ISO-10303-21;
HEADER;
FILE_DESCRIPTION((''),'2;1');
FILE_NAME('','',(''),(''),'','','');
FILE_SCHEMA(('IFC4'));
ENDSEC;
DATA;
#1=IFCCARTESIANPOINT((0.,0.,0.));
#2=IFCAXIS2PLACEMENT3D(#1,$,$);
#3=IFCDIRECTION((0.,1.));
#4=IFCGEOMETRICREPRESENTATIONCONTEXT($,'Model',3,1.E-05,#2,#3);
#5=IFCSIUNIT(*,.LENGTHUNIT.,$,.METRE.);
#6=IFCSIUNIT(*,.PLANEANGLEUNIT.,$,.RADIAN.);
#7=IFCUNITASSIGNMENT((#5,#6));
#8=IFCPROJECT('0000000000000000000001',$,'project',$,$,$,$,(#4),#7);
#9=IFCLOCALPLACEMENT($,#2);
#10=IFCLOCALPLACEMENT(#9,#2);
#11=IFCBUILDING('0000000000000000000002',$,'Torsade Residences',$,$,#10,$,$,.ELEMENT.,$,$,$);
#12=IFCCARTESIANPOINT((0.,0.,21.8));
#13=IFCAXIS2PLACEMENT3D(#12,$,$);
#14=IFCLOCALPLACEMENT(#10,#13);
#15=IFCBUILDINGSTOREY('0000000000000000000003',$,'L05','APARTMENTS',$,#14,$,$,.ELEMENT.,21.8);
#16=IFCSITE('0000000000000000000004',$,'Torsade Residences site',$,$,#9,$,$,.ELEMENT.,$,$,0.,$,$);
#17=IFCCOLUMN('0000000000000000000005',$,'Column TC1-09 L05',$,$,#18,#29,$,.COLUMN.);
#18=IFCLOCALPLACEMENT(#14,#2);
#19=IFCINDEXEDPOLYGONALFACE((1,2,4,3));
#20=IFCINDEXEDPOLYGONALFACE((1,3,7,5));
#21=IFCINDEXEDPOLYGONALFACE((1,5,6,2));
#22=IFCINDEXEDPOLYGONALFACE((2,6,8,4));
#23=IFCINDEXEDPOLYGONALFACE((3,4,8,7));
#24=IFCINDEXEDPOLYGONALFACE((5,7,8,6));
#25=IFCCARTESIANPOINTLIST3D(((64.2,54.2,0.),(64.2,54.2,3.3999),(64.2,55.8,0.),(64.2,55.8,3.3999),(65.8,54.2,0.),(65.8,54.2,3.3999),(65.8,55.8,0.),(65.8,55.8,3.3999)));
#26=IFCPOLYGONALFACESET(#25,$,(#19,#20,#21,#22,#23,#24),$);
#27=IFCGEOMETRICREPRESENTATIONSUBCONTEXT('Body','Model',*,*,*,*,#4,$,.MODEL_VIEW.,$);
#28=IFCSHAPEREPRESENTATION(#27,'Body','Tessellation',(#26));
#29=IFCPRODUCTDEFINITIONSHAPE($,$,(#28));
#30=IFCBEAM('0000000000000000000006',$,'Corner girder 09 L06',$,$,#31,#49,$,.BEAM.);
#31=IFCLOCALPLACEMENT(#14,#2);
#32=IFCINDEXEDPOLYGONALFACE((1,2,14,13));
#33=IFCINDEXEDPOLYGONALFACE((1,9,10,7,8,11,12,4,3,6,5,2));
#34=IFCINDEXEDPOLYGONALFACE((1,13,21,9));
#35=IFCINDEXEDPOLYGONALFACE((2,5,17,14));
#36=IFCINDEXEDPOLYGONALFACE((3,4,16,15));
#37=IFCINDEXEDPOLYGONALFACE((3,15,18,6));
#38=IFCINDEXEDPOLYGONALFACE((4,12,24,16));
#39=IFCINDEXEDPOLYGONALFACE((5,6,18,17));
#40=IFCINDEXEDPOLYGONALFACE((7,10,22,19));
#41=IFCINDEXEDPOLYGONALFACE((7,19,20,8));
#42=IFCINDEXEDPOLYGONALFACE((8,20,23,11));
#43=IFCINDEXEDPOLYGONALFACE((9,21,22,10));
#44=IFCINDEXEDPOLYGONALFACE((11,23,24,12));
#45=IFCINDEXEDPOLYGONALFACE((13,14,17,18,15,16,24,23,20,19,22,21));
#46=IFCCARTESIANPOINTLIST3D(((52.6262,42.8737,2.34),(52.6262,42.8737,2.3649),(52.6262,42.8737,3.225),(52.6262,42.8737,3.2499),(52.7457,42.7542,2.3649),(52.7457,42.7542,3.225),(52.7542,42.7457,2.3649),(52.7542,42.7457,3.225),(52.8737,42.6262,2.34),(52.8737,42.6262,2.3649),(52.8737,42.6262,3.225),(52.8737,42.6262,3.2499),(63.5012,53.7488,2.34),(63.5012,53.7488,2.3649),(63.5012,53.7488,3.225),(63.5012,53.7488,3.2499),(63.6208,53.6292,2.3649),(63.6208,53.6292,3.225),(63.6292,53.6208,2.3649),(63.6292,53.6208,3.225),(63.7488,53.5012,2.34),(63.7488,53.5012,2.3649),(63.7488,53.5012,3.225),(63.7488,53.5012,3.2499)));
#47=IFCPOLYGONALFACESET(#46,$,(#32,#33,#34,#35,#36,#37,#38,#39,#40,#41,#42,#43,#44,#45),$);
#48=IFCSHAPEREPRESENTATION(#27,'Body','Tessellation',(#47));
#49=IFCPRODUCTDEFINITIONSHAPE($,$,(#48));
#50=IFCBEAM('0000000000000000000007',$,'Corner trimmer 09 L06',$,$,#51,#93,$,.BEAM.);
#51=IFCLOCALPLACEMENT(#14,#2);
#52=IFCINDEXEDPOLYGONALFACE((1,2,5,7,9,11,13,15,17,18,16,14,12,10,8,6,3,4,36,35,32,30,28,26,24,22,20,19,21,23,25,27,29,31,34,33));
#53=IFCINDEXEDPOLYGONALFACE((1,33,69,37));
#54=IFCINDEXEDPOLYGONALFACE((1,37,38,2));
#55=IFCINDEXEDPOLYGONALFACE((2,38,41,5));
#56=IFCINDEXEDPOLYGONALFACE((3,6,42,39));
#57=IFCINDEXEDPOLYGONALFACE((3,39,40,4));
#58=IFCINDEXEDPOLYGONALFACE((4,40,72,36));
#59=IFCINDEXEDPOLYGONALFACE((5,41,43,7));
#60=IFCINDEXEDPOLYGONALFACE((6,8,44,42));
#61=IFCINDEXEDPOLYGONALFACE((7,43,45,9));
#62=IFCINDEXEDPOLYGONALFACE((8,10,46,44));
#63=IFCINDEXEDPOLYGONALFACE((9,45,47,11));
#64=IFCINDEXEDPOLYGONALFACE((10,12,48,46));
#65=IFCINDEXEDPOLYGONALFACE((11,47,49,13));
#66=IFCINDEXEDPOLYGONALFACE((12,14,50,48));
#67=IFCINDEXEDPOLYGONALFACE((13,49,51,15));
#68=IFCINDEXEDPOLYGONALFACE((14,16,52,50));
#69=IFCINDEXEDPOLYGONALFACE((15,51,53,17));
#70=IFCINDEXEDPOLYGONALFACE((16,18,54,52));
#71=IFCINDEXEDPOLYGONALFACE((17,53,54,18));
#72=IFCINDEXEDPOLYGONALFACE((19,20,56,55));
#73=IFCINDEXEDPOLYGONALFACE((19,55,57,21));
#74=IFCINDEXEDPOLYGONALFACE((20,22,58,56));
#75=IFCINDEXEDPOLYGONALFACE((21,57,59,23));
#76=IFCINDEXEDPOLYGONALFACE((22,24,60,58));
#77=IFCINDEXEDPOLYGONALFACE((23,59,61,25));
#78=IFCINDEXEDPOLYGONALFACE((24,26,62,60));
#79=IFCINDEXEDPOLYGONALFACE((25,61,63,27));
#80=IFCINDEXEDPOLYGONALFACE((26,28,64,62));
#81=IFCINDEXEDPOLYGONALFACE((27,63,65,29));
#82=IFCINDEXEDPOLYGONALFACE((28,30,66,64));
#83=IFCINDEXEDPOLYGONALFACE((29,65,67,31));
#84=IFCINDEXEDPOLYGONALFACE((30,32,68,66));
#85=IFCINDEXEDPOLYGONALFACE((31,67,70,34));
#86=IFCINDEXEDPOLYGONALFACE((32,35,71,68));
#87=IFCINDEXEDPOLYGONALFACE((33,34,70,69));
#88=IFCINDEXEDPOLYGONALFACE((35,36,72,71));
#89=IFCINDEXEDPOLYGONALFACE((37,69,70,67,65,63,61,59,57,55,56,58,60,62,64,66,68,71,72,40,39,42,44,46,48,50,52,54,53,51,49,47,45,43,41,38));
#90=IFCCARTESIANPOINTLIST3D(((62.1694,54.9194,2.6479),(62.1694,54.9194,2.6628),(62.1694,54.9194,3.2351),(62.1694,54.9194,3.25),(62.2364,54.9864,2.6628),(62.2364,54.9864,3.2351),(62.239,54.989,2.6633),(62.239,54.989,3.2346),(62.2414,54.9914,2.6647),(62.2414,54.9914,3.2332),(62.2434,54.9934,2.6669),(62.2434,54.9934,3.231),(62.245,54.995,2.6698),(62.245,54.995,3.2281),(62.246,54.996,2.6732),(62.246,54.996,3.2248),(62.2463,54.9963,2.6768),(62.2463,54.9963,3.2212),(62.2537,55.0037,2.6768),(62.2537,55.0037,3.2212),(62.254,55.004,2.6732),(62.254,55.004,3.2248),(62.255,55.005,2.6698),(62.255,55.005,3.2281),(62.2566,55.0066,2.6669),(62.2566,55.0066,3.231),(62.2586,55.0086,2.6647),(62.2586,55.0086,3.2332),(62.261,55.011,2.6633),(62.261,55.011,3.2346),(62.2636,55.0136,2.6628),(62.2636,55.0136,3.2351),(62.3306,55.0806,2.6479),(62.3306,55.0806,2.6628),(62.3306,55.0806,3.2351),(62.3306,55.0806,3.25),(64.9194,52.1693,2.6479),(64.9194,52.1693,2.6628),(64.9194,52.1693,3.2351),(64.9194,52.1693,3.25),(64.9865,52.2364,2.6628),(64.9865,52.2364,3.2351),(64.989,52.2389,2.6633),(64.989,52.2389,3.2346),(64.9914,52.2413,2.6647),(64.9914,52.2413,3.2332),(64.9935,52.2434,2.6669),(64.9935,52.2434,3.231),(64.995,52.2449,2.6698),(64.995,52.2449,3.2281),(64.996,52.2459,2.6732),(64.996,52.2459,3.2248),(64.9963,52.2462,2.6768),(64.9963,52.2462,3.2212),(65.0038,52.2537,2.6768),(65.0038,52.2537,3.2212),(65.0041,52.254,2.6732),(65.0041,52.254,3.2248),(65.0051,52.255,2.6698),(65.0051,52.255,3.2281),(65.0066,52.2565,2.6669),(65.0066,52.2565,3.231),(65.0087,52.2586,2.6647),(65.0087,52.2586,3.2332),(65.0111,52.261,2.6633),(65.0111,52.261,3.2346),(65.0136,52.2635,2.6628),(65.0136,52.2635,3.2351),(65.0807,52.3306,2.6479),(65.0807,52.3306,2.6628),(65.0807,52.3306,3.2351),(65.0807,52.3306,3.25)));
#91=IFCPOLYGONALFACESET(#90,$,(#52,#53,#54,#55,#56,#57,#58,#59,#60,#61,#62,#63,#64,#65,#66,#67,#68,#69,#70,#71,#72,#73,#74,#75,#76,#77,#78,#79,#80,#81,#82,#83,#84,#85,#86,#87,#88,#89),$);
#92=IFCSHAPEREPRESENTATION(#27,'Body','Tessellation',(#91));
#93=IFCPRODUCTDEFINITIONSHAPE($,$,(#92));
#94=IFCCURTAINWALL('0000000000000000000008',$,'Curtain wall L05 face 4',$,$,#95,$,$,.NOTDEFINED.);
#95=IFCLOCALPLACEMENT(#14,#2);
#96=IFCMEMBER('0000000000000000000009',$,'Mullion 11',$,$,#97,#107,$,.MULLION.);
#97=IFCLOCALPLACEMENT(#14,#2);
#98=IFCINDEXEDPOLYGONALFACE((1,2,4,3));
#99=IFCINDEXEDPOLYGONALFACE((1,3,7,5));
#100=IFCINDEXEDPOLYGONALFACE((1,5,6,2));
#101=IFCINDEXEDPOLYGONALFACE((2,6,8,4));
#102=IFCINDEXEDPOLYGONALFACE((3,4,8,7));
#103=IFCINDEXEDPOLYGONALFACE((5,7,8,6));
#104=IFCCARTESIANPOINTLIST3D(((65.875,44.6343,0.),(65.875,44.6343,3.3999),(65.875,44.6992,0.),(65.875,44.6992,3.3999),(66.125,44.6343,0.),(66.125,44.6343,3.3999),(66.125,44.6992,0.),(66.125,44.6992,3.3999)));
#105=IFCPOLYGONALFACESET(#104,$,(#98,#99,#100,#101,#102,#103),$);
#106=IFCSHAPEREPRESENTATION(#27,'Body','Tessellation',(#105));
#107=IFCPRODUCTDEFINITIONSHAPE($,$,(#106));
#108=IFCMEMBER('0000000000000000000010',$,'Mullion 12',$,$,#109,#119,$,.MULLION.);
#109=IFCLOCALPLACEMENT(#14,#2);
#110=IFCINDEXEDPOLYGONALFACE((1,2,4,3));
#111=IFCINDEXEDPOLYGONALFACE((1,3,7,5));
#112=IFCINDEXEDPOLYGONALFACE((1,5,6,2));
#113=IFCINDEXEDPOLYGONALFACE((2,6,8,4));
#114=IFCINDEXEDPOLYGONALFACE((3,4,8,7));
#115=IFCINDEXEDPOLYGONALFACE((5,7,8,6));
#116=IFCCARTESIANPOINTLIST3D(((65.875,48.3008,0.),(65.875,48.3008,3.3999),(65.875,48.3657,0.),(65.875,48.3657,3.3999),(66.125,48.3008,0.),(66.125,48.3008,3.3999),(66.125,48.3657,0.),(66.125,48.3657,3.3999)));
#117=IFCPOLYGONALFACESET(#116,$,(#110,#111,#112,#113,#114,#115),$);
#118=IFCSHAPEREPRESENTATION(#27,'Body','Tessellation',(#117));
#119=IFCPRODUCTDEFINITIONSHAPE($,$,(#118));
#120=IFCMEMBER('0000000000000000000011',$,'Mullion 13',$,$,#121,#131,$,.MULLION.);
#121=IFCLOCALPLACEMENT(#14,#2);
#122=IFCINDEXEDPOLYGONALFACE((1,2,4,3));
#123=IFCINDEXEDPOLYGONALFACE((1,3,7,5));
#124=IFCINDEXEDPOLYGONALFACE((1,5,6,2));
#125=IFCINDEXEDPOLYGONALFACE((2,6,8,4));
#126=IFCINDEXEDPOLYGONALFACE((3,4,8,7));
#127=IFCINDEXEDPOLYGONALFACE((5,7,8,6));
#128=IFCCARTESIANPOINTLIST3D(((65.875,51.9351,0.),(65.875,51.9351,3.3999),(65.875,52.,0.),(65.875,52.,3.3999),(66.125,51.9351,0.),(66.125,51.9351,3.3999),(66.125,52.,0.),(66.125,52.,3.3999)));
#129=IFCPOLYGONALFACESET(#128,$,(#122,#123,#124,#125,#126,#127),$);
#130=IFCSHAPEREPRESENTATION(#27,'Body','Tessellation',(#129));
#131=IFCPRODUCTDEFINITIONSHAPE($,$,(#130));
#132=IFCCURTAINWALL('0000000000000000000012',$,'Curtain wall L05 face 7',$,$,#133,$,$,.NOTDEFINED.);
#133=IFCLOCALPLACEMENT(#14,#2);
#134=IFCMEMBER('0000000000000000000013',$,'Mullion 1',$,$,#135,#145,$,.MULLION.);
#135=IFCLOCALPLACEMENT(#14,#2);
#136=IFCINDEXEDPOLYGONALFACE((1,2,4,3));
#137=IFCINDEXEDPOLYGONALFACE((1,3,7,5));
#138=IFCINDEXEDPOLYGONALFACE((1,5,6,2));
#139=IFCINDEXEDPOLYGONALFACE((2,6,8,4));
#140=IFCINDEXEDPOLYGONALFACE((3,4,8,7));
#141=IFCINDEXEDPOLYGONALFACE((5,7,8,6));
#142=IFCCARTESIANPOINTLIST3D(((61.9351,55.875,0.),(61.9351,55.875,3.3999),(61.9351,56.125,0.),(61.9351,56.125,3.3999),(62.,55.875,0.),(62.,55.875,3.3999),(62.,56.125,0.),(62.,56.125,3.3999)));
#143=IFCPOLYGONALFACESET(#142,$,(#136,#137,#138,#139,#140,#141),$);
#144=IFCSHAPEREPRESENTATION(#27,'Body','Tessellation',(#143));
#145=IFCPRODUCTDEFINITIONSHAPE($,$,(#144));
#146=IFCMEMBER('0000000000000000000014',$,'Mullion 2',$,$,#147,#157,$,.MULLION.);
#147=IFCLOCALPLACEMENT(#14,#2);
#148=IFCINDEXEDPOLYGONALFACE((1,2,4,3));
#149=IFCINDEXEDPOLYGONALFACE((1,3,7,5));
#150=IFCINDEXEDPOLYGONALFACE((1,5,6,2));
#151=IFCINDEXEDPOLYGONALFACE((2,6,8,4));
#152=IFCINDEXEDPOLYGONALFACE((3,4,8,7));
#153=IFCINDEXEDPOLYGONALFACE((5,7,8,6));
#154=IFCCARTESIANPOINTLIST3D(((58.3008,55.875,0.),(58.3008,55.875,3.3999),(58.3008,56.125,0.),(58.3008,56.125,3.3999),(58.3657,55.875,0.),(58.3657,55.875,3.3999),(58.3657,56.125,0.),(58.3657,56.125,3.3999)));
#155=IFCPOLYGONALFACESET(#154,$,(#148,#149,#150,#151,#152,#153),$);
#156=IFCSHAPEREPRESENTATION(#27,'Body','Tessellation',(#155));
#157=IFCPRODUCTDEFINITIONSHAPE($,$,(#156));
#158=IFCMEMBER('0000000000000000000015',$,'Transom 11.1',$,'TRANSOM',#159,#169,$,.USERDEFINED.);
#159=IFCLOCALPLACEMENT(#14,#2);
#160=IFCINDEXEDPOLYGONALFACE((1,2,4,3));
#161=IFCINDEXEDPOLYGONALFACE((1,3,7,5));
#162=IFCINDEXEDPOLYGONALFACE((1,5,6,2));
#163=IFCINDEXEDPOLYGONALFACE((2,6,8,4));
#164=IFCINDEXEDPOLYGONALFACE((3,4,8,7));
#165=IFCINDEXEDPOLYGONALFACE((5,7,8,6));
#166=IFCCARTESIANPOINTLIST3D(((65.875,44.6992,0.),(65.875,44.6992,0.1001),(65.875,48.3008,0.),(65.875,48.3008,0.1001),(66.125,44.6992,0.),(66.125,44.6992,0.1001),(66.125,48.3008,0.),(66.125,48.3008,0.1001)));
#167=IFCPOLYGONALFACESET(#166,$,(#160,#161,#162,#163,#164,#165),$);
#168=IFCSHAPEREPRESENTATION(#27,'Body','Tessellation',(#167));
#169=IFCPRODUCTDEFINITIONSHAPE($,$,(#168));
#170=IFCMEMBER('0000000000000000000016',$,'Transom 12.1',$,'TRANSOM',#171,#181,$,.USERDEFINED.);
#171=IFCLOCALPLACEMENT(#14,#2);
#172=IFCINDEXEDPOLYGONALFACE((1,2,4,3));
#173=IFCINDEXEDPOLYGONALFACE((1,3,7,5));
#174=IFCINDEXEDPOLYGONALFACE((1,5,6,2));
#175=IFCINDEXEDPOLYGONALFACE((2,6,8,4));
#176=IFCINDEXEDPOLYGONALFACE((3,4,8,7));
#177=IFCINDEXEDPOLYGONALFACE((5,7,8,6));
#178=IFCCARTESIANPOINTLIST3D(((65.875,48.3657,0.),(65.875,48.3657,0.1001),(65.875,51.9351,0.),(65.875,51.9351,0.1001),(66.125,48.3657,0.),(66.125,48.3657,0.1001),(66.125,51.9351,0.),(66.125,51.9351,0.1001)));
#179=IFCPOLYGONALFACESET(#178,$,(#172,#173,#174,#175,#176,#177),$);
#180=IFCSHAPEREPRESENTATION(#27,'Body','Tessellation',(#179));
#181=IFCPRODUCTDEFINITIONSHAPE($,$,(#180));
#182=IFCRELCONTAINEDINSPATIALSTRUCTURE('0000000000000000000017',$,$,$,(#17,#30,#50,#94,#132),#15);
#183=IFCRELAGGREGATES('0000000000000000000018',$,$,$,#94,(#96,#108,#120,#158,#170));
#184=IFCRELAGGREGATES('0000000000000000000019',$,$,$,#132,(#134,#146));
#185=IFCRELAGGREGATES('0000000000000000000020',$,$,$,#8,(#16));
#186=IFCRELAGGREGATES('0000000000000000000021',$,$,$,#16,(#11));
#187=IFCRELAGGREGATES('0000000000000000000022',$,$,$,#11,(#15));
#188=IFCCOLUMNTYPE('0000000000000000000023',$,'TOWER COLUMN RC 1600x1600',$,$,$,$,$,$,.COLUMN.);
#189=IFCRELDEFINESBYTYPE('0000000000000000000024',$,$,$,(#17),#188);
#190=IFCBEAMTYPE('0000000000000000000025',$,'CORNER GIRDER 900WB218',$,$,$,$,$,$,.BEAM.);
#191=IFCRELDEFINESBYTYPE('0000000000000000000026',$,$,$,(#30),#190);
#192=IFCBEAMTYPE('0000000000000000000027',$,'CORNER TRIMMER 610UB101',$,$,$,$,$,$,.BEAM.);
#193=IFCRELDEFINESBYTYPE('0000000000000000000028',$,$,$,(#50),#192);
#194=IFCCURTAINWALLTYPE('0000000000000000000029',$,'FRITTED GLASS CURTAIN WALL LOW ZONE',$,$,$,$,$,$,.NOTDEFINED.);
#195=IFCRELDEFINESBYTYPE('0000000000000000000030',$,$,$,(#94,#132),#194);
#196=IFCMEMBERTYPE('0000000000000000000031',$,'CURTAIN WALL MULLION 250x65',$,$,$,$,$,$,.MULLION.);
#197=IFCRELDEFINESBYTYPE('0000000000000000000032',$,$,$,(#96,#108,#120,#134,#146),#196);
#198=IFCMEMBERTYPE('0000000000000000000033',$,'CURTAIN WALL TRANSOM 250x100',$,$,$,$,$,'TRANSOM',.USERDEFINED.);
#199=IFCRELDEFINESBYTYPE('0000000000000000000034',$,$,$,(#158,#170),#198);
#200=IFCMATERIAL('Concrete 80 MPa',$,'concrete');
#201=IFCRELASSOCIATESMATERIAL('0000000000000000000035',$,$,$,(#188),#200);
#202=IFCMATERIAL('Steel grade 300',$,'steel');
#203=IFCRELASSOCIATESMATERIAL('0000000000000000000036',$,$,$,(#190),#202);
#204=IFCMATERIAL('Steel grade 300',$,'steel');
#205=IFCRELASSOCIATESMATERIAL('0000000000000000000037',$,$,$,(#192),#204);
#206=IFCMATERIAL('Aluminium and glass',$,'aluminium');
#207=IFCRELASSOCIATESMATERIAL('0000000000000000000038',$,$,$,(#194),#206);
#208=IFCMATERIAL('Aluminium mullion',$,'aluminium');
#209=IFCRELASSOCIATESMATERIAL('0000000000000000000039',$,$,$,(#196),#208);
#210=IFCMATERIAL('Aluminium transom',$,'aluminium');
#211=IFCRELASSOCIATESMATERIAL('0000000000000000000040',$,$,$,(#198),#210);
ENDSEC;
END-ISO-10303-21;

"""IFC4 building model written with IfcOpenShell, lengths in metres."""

from ifc_helpers import new_model, si_unit, direction, frame, origin, origin_2d, place, context, subcontext, project, spatial, rectangle, i_section, extrude, material, material_profile, profile_set, type_object, element, aggregate, save


model = new_model("IFC4")

# Units and contexts
model_context = context("Model", 3, precision=1e-05, world=origin(), true_north=direction((0.0, 1.0)))
body_context = subcontext(model_context, "Body", "Model", "MODEL_VIEW")
ifc_project = project(units=[si_unit("LENGTHUNIT", "METRE"), si_unit("PLANEANGLEUNIT", "RADIAN")], contexts=[model_context])

# Site, building, storey
site_placement = place(None, origin())
site = spatial("IfcSite", under=ifc_project, at=site_placement, Name="Torsade Residences site", CompositionType="ELEMENT", RefElevation=0.0)
building_placement = place(site_placement, origin())
building = spatial("IfcBuilding", under=site, at=building_placement, Name="Torsade Residences", CompositionType="ELEMENT")
storey_placement = place(building_placement, frame((0.0, 0.0, 21.8)))
storey = spatial("IfcBuildingStorey", under=building, at=storey_placement, Name="L05", Description="APARTMENTS", CompositionType="ELEMENT", Elevation=21.8)

# Column
ifc_material_1 = material(Name="Concrete 80 MPa", Category="concrete")
ifc_material_profile_1 = material_profile(ifc_material_1, rectangle(XDim=1.6001, YDim=1.6001, at=origin_2d()), Name="RC 1600x1600")
ifc_profile_set_1 = profile_set([ifc_material_profile_1], Name="Concrete 80 MPa")
column_type = type_object("IfcColumnType", Name="TOWER COLUMN RC 1600x1600", PredefinedType="COLUMN", material=ifc_profile_set_1)
column_placement = place(storey_placement, frame((65.0, 55.0, 0.0), z_axis=(0.0, 0.0, 1.0), x_axis=(1.0, 0.0, 0.0)))
element("IfcColumn", 1, at=column_placement, inside=storey, type_object=column_type, Name="Column TC1-09 L05", PredefinedType="COLUMN", context=body_context, shape_type="SweptSolid", body=[
    extrude(rectangle(XDim=1.6001, YDim=1.6001, at=origin_2d()), origin(), (0.0, 0.0, 1.0), 3.3999),
])

# Beams
ifc_material_2 = material(Name="Steel grade 300", Category="steel")
ifc_material_profile_2 = material_profile(ifc_material_2, i_section(OverallWidth=0.3501, OverallDepth=0.9099, WebThickness=0.012, FlangeThickness=0.0249, at=origin_2d()), Name="900WB218")
ifc_profile_set_2 = profile_set([ifc_material_profile_2], Name="Steel grade 300")
beam_type_1 = type_object("IfcBeamType", Name="CORNER GIRDER 900WB218", PredefinedType="BEAM", material=ifc_profile_set_2)
beam_1_placement = place(storey_placement, frame((63.625, 53.625, 2.7949), z_axis=(-0.707107, -0.707107, 0.0), x_axis=(0.707107, -0.707107, 0.0)))
element("IfcBeam", 2, at=beam_1_placement, inside=storey, type_object=beam_type_1, Name="Corner girder 09 L06", PredefinedType="BEAM", context=body_context, shape_type="SweptSolid", body=[
    extrude(i_section(OverallWidth=0.3501, OverallDepth=0.9099, WebThickness=0.012, FlangeThickness=0.0249, at=origin_2d()), origin(), (0.0, 0.0, 1.0), 15.3796),
])
ifc_material_3 = material(Name="Steel grade 300", Category="steel")
ifc_material_profile_3 = material_profile(ifc_material_3, i_section(OverallWidth=0.228, OverallDepth=0.6021, WebThickness=0.0105, FlangeThickness=0.0149, FilletRadius=0.0139, at=origin_2d()), Name="610UB101")
ifc_profile_set_3 = profile_set([ifc_material_profile_3], Name="Steel grade 300")
beam_type_2 = type_object("IfcBeamType", Name="CORNER TRIMMER 610UB101", PredefinedType="BEAM", material=ifc_profile_set_3)
beam_2_placement = place(storey_placement, frame((62.25, 55.0, 2.949), z_axis=(0.707107, -0.707107, 0.0), x_axis=(0.707107, 0.707107, 0.0)))
element("IfcBeam", 3, at=beam_2_placement, inside=storey, type_object=beam_type_2, Name="Corner trimmer 09 L06", PredefinedType="BEAM", context=body_context, shape_type="SweptSolid", body=[
    extrude(i_section(OverallWidth=0.228, OverallDepth=0.6021, WebThickness=0.0105, FlangeThickness=0.0149, FilletRadius=0.0139, at=origin_2d()), origin(), (0.0, 0.0, 1.0), 3.8892),
])

# Curtain walls, members
ifc_material_4 = material(Name="Aluminium and glass", Category="aluminium")
curtain_wall_type = type_object("IfcCurtainWallType", Name="FRITTED GLASS CURTAIN WALL LOW ZONE", PredefinedType="NOTDEFINED", material=ifc_material_4)
curtain_wall_1_placement = place(storey_placement, origin())
curtain_wall_1 = element("IfcCurtainWall", 4, at=curtain_wall_1_placement, inside=storey, type_object=curtain_wall_type, Name="Curtain wall L05 face 4", PredefinedType="NOTDEFINED")
ifc_material_5 = material(Name="Aluminium mullion", Category="aluminium")
ifc_material_profile_4 = material_profile(ifc_material_5, rectangle(XDim=0.25, YDim=0.0649, at=origin_2d()), Name="CURTAIN WALL MULLION 250x65")
ifc_profile_set_4 = profile_set([ifc_material_profile_4], Name="Aluminium mullion")
member_type_1 = type_object("IfcMemberType", Name="CURTAIN WALL MULLION 250x65", PredefinedType="MULLION", material=ifc_profile_set_4)
member_1_placement = place(storey_placement, frame((66.0, 44.6667, 0.0), z_axis=(0.0, 0.0, 1.0), x_axis=(-1.0, 0.0, 0.0)))
member_1 = element("IfcMember", 5, at=member_1_placement, type_object=member_type_1, Name="Mullion 11", PredefinedType="MULLION", context=body_context, shape_type="SweptSolid", body=[
    extrude(rectangle(XDim=0.25, YDim=0.0649, at=origin_2d()), origin(), (0.0, 0.0, 1.0), 3.3999),
])
member_2_placement = place(storey_placement, frame((66.0, 48.3333, 0.0), z_axis=(0.0, 0.0, 1.0), x_axis=(-1.0, 0.0, 0.0)))
member_2 = element("IfcMember", 6, at=member_2_placement, type_object=member_type_1, Name="Mullion 12", PredefinedType="MULLION", context=body_context, shape_type="SweptSolid", body=[
    extrude(rectangle(XDim=0.25, YDim=0.0649, at=origin_2d()), origin(), (0.0, 0.0, 1.0), 3.3999),
])
member_3_placement = place(storey_placement, frame((66.0, 51.9675, 0.0), z_axis=(0.0, 0.0, 1.0), x_axis=(-1.0, 0.0, 0.0)))
member_3 = element("IfcMember", 7, at=member_3_placement, type_object=member_type_1, Name="Mullion 13", PredefinedType="MULLION", context=body_context, shape_type="SweptSolid", body=[
    extrude(rectangle(XDim=0.25, YDim=0.0649, at=origin_2d()), origin(), (0.0, 0.0, 1.0), 3.3999),
])
curtain_wall_2_placement = place(storey_placement, origin())
curtain_wall_2 = element("IfcCurtainWall", 8, at=curtain_wall_2_placement, inside=storey, type_object=curtain_wall_type, Name="Curtain wall L05 face 7", PredefinedType="NOTDEFINED")
member_4_placement = place(storey_placement, frame((61.9675, 56.0, 0.0), z_axis=(0.0, 0.0, 1.0), x_axis=(0.0, -1.0, 0.0)))
member_4 = element("IfcMember", 9, at=member_4_placement, type_object=member_type_1, Name="Mullion 1", PredefinedType="MULLION", context=body_context, shape_type="SweptSolid", body=[
    extrude(rectangle(XDim=0.25, YDim=0.0649, at=origin_2d()), origin(), (0.0, 0.0, 1.0), 3.3999),
])
member_5_placement = place(storey_placement, frame((58.3333, 56.0, 0.0), z_axis=(0.0, 0.0, 1.0), x_axis=(0.0, -1.0, 0.0)))
member_5 = element("IfcMember", 10, at=member_5_placement, type_object=member_type_1, Name="Mullion 2", PredefinedType="MULLION", context=body_context, shape_type="SweptSolid", body=[
    extrude(rectangle(XDim=0.25, YDim=0.0649, at=origin_2d()), origin(), (0.0, 0.0, 1.0), 3.3999),
])

# Members
ifc_material_6 = material(Name="Aluminium transom", Category="aluminium")
ifc_material_profile_5 = material_profile(ifc_material_6, rectangle(XDim=0.25, YDim=0.1001, at=origin_2d()), Name="CURTAIN WALL TRANSOM 250x100")
ifc_profile_set_5 = profile_set([ifc_material_profile_5], Name="Aluminium transom")
member_type_2 = type_object("IfcMemberType", Name="CURTAIN WALL TRANSOM 250x100", ElementType="TRANSOM", PredefinedType="USERDEFINED", material=ifc_profile_set_5)
member_6_placement = place(storey_placement, frame((66.0, 44.6992, 0.05), z_axis=(0.0, 1.0, 0.0), x_axis=(-1.0, 0.0, 0.0)))
member_6 = element("IfcMember", 11, at=member_6_placement, type_object=member_type_2, Name="Transom 11.1", ObjectType="TRANSOM", PredefinedType="USERDEFINED", context=body_context, shape_type="SweptSolid", body=[
    extrude(rectangle(XDim=0.25, YDim=0.1001, at=origin_2d()), origin(), (0.0, 0.0, 1.0), 3.6016),
])
member_7_placement = place(storey_placement, frame((66.0, 48.3657, 0.05), z_axis=(0.0, 1.0, 0.0), x_axis=(-1.0, 0.0, 0.0)))
member_7 = element("IfcMember", 12, at=member_7_placement, type_object=member_type_2, Name="Transom 12.1", ObjectType="TRANSOM", PredefinedType="USERDEFINED", context=body_context, shape_type="SweptSolid", body=[
    extrude(rectangle(XDim=0.25, YDim=0.1001, at=origin_2d()), origin(), (0.0, 0.0, 1.0), 3.5693),
])

aggregate(curtain_wall_1, [member_1, member_2, member_3, member_6, member_7])
aggregate(curtain_wall_2, [member_4, member_5])

save(model, "model.ifc")
